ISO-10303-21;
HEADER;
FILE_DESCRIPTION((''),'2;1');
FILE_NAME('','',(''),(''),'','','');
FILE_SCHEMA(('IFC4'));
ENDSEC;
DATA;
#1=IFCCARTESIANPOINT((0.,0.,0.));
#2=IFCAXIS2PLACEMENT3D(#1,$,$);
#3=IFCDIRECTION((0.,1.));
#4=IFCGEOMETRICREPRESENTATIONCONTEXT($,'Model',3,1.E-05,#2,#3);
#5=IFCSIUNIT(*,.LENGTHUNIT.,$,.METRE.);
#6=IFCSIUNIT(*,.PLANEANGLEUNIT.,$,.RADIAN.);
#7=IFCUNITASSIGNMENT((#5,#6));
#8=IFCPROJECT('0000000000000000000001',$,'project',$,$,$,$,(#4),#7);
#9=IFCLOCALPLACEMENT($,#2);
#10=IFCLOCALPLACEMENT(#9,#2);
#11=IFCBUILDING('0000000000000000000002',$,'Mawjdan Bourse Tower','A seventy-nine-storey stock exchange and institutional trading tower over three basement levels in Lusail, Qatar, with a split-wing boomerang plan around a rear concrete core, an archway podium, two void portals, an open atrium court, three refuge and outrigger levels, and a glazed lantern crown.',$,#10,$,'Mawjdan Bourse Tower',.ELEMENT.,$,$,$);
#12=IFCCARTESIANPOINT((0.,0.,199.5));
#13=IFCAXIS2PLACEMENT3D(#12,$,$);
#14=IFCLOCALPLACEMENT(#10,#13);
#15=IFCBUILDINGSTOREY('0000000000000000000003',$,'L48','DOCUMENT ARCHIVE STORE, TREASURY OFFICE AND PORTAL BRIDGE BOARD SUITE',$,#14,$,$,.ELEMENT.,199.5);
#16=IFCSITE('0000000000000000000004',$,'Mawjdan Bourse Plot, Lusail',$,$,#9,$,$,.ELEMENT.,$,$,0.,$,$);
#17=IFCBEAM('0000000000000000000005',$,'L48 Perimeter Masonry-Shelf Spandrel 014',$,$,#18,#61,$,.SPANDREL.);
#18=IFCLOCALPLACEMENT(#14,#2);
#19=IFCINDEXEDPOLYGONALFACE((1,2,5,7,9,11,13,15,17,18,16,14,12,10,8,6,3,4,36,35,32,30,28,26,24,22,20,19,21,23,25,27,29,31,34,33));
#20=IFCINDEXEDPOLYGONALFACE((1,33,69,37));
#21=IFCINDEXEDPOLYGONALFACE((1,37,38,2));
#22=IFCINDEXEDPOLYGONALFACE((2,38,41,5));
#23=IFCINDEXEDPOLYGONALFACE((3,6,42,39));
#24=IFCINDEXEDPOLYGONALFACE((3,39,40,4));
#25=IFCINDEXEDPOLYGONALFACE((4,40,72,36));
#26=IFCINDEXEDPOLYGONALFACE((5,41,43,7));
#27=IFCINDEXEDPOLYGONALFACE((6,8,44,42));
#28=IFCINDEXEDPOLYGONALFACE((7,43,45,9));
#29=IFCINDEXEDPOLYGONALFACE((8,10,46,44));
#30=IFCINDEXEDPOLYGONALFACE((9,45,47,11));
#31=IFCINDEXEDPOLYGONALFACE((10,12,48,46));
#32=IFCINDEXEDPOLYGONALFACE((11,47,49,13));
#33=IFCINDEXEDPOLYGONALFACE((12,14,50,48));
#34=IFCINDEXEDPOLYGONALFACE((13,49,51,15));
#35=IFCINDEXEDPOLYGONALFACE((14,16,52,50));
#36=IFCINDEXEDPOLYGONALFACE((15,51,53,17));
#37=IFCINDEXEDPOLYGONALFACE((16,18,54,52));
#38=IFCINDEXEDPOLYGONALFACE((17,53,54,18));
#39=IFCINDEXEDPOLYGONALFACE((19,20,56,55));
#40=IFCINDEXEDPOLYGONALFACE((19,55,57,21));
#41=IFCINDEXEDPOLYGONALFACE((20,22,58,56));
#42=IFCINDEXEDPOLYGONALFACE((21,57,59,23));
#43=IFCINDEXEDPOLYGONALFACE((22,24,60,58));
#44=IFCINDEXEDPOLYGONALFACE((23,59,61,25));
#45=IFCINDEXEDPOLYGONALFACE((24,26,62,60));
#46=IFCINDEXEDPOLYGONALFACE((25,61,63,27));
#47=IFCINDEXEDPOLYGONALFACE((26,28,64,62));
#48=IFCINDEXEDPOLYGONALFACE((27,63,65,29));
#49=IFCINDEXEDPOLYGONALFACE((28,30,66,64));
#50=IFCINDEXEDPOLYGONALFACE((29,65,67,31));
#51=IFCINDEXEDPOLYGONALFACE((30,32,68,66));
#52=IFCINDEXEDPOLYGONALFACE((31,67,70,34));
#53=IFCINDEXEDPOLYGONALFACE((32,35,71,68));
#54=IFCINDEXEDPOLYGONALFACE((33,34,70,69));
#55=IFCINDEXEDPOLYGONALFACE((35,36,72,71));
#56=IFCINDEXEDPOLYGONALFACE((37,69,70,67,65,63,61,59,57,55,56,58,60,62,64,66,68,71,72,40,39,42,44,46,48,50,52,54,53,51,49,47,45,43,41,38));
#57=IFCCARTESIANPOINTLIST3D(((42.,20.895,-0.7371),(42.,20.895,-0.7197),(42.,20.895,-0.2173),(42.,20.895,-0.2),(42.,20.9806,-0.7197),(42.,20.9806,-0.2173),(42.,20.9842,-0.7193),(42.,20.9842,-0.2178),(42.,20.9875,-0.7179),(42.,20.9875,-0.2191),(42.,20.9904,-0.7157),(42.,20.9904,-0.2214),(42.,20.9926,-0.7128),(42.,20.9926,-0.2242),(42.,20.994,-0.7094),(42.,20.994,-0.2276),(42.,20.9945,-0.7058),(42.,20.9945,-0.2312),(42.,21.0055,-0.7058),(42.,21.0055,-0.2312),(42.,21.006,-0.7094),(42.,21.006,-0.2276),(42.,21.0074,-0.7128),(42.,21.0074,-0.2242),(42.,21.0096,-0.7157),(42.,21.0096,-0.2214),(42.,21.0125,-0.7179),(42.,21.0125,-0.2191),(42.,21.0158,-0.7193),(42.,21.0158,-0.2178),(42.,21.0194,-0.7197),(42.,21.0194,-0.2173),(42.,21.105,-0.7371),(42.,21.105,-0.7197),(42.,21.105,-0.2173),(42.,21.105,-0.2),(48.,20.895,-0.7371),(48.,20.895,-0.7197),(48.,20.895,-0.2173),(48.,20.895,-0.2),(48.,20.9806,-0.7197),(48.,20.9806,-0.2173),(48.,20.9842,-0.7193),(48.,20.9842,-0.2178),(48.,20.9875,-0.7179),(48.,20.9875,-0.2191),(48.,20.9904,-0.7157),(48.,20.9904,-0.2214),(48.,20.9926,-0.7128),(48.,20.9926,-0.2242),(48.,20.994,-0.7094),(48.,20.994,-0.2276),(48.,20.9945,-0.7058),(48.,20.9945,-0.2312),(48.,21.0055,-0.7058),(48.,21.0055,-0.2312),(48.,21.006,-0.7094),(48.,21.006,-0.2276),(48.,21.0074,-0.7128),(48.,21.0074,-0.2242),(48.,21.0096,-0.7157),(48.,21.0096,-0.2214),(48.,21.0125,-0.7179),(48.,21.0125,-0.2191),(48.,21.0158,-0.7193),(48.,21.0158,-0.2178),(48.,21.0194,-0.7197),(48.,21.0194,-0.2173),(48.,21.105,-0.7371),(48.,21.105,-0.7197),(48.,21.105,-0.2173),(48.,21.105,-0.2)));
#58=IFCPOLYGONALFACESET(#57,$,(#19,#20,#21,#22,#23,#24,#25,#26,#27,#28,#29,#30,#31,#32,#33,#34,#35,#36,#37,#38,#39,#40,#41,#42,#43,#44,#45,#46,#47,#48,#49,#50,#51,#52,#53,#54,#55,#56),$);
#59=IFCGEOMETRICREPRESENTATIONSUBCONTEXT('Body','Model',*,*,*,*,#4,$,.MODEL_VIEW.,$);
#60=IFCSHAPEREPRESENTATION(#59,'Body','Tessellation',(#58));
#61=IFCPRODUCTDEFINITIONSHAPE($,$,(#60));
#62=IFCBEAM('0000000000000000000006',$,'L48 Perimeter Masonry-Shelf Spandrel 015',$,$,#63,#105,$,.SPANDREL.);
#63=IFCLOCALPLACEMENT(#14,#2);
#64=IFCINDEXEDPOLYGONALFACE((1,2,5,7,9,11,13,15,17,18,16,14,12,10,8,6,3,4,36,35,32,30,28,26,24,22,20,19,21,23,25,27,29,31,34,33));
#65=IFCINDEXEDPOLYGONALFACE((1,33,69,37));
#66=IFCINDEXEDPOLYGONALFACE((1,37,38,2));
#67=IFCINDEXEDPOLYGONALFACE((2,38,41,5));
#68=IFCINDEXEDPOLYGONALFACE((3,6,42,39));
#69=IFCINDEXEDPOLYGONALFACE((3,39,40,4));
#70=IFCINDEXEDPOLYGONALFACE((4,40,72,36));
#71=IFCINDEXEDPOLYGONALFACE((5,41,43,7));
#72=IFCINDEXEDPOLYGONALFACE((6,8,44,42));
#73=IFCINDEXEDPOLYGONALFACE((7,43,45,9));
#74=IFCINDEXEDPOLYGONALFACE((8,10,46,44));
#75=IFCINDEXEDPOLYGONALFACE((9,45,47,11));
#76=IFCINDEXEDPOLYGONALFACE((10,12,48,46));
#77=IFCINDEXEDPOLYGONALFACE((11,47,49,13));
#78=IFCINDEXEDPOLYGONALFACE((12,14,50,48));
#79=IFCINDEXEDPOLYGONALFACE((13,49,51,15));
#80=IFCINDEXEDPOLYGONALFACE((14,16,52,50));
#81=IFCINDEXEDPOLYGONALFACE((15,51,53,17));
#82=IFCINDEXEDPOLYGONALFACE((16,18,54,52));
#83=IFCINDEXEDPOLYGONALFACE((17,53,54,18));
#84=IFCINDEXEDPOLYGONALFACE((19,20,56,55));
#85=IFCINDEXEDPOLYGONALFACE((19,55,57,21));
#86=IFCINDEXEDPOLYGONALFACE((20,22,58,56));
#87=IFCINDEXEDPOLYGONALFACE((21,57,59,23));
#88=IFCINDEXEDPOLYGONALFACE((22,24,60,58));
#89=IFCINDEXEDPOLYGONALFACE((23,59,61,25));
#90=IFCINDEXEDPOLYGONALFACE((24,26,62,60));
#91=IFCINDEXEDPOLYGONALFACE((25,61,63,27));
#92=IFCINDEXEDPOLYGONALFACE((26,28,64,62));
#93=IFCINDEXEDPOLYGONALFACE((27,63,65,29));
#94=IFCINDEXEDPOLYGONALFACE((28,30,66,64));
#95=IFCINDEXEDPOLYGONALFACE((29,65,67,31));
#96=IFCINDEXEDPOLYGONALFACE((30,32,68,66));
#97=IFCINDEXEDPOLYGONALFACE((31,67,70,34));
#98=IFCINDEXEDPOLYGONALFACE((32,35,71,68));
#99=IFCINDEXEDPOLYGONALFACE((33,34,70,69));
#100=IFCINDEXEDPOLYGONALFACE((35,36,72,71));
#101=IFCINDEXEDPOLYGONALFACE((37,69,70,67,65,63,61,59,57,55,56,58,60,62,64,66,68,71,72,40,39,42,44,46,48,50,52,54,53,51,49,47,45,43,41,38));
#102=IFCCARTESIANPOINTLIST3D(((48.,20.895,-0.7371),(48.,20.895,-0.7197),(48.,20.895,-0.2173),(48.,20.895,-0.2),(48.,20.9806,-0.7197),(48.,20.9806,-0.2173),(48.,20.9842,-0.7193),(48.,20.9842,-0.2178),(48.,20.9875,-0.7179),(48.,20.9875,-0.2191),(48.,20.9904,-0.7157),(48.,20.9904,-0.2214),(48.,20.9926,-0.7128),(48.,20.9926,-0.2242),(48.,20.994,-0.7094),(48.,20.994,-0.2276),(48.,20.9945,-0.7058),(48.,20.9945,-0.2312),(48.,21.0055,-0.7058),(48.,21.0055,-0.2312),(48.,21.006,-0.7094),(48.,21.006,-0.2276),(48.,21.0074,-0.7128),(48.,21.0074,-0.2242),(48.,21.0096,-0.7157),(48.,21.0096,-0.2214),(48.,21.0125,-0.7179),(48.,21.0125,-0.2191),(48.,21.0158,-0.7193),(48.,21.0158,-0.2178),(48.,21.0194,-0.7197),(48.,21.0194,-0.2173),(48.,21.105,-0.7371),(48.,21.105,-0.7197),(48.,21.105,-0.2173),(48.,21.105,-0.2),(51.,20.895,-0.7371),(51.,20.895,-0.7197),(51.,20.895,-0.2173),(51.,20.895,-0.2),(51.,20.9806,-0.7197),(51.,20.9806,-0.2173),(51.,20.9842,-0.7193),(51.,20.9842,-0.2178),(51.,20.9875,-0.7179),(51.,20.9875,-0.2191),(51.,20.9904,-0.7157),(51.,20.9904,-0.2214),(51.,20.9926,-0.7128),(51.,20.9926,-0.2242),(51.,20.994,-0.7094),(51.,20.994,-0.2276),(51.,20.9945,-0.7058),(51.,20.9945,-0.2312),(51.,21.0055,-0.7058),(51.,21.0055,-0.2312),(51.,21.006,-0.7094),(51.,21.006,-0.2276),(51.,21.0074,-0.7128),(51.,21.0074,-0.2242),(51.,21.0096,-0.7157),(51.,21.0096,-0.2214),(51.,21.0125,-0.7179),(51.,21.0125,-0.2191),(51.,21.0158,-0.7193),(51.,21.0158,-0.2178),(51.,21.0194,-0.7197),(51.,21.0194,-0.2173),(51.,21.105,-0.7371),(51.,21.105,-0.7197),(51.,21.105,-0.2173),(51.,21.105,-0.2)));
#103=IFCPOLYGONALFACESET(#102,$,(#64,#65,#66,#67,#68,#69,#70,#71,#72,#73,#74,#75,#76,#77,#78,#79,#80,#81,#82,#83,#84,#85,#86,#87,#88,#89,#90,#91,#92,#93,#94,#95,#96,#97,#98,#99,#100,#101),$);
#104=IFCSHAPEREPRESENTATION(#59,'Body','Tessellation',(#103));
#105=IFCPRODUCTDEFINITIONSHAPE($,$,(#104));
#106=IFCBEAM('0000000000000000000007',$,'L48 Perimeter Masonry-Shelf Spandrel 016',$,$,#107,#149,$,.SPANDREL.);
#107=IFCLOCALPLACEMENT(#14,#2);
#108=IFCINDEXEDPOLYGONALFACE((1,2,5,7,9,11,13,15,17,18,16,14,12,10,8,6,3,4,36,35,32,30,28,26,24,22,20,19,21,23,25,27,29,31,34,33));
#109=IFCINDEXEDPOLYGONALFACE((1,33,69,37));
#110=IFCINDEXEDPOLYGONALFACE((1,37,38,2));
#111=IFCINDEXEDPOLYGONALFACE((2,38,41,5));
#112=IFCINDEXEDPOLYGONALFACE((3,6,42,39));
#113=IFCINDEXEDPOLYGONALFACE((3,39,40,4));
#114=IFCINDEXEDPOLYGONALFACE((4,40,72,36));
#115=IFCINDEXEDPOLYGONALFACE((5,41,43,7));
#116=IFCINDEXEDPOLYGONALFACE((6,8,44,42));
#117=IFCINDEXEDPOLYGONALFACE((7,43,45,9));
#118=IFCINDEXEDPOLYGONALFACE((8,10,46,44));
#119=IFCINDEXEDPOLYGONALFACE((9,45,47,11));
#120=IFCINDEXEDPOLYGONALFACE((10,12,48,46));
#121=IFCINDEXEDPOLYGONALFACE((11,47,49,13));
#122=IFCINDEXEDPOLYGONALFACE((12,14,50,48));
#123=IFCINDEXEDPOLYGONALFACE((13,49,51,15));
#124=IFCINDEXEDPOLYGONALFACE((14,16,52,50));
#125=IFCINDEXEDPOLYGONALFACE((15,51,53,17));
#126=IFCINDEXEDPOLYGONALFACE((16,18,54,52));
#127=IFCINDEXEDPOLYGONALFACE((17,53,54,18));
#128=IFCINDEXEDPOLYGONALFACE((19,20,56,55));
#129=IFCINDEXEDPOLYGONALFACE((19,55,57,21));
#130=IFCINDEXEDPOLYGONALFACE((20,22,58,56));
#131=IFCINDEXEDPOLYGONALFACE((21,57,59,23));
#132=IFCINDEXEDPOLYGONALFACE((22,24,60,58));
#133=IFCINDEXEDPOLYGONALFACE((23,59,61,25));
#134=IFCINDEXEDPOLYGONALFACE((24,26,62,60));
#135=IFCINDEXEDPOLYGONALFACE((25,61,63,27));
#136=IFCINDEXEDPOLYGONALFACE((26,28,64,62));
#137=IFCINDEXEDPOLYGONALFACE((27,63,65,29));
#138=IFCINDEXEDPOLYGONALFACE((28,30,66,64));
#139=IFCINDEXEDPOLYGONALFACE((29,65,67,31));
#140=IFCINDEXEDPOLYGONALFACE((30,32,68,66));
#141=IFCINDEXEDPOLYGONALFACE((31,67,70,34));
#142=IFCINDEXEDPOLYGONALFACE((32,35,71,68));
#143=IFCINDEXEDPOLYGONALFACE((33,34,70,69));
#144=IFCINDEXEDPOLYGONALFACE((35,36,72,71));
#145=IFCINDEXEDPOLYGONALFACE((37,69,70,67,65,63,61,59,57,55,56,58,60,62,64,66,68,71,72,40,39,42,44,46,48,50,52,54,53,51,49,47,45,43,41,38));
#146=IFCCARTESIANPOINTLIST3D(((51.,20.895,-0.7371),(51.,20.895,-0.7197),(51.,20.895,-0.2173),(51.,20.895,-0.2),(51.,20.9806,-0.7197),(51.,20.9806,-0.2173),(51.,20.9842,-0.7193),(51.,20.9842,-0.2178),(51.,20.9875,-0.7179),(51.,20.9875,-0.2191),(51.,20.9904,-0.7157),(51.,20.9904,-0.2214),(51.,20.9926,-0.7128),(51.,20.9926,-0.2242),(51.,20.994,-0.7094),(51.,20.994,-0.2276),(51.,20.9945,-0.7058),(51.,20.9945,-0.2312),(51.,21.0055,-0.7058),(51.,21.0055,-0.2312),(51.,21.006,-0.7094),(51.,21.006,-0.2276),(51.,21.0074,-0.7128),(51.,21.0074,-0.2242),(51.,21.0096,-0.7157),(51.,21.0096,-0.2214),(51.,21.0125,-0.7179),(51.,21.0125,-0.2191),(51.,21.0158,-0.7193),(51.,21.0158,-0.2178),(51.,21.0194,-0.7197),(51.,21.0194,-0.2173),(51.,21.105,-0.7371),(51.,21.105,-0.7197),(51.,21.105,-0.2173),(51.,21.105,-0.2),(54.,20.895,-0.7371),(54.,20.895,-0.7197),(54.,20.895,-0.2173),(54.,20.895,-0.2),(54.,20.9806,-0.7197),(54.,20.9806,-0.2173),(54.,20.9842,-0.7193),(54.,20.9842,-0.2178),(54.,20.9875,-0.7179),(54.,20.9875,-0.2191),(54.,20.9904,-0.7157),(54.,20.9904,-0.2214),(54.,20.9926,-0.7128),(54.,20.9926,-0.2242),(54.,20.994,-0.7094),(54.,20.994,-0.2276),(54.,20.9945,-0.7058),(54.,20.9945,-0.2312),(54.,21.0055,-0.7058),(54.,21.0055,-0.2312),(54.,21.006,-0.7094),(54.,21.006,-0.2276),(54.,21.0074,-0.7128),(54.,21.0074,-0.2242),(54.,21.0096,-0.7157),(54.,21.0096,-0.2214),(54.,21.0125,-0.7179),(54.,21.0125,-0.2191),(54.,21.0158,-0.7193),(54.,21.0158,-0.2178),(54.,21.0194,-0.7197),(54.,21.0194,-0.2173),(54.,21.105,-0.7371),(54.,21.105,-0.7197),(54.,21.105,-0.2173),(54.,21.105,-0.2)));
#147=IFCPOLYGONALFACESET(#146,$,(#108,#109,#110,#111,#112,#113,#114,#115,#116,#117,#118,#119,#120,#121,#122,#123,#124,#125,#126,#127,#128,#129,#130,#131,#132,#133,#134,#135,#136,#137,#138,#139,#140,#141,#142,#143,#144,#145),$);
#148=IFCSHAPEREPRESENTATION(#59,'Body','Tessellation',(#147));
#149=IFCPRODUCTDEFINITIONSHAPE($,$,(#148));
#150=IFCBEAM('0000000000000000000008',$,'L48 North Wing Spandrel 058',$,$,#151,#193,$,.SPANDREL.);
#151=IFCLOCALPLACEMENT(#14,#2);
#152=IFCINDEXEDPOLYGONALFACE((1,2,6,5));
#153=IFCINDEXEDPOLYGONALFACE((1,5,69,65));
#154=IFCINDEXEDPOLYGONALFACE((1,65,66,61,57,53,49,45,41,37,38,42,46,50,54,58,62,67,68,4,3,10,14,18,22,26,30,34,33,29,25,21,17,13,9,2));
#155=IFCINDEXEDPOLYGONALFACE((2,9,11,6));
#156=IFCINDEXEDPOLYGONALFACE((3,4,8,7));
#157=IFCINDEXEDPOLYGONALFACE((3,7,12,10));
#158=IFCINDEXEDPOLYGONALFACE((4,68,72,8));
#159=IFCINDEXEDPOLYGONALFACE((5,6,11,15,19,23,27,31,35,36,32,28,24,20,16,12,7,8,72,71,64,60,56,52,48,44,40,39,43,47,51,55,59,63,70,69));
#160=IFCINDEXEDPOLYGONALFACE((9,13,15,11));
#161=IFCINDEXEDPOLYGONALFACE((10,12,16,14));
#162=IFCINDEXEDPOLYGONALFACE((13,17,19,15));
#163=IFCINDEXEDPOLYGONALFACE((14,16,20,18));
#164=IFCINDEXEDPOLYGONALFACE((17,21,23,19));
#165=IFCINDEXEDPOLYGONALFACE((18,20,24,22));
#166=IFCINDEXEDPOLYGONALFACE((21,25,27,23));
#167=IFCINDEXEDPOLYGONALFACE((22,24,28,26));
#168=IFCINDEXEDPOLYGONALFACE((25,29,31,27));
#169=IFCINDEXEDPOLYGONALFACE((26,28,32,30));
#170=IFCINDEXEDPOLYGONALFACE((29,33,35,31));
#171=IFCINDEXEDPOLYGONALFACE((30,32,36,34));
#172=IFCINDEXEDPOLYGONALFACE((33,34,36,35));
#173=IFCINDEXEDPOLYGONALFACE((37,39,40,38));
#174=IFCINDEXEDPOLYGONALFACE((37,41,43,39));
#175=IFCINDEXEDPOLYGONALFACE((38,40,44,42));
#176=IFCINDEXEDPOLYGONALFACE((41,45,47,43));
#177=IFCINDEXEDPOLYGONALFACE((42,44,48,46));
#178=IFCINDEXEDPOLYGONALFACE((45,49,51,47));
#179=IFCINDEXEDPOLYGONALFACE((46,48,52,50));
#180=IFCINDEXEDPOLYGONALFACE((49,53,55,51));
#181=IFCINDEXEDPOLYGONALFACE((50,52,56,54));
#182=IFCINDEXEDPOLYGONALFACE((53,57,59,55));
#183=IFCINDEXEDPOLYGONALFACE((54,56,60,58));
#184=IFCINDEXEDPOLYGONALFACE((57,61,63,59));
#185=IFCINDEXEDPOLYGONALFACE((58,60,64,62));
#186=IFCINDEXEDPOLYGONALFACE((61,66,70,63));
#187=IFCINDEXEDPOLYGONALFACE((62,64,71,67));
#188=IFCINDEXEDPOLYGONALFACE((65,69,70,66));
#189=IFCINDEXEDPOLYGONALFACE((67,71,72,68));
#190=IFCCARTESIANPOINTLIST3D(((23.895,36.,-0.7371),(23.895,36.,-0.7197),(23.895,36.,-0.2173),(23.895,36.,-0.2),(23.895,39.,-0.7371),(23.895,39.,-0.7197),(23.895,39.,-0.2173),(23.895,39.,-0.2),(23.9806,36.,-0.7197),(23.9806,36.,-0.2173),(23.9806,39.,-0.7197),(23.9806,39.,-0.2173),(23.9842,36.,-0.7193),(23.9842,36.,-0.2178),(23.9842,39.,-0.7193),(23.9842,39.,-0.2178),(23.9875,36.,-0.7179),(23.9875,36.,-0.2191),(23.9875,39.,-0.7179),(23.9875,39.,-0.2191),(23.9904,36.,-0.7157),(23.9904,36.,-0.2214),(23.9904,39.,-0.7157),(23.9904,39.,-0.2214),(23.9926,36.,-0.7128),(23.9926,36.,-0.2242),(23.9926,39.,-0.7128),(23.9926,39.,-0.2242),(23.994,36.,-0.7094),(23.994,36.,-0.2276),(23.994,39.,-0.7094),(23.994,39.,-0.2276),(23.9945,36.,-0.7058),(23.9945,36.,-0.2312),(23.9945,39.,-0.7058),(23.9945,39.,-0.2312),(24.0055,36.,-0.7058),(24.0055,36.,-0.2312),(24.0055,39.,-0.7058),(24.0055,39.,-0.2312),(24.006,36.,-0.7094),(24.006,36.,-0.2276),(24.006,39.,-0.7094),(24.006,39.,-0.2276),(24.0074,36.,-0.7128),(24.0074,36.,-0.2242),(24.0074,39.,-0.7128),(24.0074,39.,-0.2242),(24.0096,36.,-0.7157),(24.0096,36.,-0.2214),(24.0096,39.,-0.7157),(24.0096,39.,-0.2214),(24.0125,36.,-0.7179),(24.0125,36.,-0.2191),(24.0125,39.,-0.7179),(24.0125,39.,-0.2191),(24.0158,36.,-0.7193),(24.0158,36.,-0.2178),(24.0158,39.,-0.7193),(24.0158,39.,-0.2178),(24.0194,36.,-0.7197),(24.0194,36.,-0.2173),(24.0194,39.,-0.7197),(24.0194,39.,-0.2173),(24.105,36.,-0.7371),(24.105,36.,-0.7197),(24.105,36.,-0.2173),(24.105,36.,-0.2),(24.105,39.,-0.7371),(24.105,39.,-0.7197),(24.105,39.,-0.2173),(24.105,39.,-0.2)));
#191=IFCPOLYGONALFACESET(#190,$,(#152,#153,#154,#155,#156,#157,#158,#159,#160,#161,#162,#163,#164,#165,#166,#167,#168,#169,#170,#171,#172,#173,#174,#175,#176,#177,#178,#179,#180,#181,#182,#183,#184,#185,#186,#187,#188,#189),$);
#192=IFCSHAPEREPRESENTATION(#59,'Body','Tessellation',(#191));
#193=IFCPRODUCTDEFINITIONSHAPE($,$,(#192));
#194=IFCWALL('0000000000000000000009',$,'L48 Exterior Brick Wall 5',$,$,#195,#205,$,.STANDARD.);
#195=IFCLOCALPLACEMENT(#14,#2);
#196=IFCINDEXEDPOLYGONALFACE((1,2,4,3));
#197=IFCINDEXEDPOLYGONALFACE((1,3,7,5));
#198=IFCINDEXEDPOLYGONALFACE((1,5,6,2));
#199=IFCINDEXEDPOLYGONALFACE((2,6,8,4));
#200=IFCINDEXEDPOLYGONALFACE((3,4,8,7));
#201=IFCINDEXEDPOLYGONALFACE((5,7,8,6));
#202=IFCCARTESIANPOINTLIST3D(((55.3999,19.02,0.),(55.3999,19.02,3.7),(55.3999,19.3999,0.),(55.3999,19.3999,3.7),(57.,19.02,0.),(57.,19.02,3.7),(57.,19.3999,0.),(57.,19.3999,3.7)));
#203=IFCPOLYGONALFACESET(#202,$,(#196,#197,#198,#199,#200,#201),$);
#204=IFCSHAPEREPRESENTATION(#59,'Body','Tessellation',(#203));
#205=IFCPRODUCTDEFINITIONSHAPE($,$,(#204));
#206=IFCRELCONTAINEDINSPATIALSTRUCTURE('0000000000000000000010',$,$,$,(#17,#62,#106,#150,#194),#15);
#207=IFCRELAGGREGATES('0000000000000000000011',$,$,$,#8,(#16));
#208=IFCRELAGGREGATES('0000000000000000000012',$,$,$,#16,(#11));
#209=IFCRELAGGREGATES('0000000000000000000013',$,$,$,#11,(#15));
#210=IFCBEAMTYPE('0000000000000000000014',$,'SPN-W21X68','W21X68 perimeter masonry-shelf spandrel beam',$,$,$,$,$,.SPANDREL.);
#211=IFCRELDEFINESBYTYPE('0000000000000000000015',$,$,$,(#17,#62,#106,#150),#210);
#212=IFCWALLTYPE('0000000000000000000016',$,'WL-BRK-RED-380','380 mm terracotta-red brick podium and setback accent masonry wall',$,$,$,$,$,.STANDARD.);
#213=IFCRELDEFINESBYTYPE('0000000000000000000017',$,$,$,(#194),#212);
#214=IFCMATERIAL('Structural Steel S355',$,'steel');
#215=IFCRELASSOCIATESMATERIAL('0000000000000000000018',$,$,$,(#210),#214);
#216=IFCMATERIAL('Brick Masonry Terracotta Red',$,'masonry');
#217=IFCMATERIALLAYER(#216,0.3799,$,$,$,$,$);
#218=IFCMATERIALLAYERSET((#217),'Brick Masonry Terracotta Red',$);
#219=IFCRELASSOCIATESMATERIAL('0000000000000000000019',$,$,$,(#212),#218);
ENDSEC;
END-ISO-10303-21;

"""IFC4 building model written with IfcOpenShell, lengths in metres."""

from ifc_helpers import new_model, si_unit, direction, frame, frame_2d, origin, origin_2d, place, context, subcontext, project, spatial, rectangle, i_section, extrude, material, layer, layer_set, material_profile, profile_set, type_object, element, save


model = new_model("IFC4")

# Units and contexts
model_context = context("Model", 3, precision=1e-05, world=origin(), true_north=direction((0.0, 1.0)))
body_context = subcontext(model_context, "Body", "Model", "MODEL_VIEW")
ifc_project = project(units=[si_unit("LENGTHUNIT", "METRE"), si_unit("PLANEANGLEUNIT", "RADIAN")], contexts=[model_context])

# Site, building, storey
site_placement = place(None, origin())
site = spatial("IfcSite", under=ifc_project, at=site_placement, Name="Mawjdan Bourse Plot, Lusail", CompositionType="ELEMENT", RefElevation=0.0)
building_placement = place(site_placement, origin())
building = spatial("IfcBuilding", under=site, at=building_placement, Name="Mawjdan Bourse Tower", Description="A seventy-nine-storey stock exchange and institutional trading tower over three basement levels in Lusail, Qatar, with a split-wing boomerang plan around a rear concrete core, an archway podium, two void portals, an open atrium court, three refuge and outrigger levels, and a glazed lantern crown.", LongName="Mawjdan Bourse Tower", CompositionType="ELEMENT")
storey_placement = place(building_placement, frame((0.0, 0.0, 199.5)))
storey = spatial("IfcBuildingStorey", under=building, at=storey_placement, Name="L48", Description="DOCUMENT ARCHIVE STORE, TREASURY OFFICE AND PORTAL BRIDGE BOARD SUITE", CompositionType="ELEMENT", Elevation=199.5)

# Shared definitions
ifc_material_1 = material(Name="Structural Steel S355", Category="steel")

# Beams
ifc_material_profile_1 = material_profile(ifc_material_1, i_section(OverallWidth=0.21, OverallDepth=0.5371, WebThickness=0.011, FlangeThickness=0.0173, FilletRadius=0.0139, at=origin_2d()), Name="W21X68")
ifc_profile_set_1 = profile_set([ifc_material_profile_1], Name="Structural Steel S355")
beam_type_1 = type_object("IfcBeamType", Name="SPN-W21X68", Description="W21X68 perimeter masonry-shelf spandrel beam", PredefinedType="SPANDREL", material=ifc_profile_set_1)
beam_1_placement = place(storey_placement, frame((42.0, 21.0, -0.4685), z_axis=(1.0, 0.0, 0.0), x_axis=(0.0, 1.0, 0.0)))
element("IfcBeam", 1, at=beam_1_placement, inside=storey, type_object=beam_type_1, Name="L48 Perimeter Masonry-Shelf Spandrel 014", PredefinedType="SPANDREL", context=body_context, shape_type="SweptSolid", body=[
    extrude(i_section(OverallWidth=0.21, OverallDepth=0.5371, WebThickness=0.011, FlangeThickness=0.0173, FilletRadius=0.0139, at=origin_2d()), origin(), (0.0, 0.0, 1.0), 6.0),
])
for number, where, z_axis, x_axis, name in (
    (2, (48.0, 21.0, -0.4685), (1.0, 0.0, 0.0), (0.0, 1.0, 0.0), "L48 Perimeter Masonry-Shelf Spandrel 015"),
    (3, (51.0, 21.0, -0.4685), (1.0, 0.0, 0.0), (0.0, 1.0, 0.0), "L48 Perimeter Masonry-Shelf Spandrel 016"),
    (4, (24.0, 36.0, -0.4685), (0.0, 1.0, 0.0), (-1.0, 0.0, 0.0), "L48 North Wing Spandrel 058"),
):
    element("IfcBeam", number, at=place(storey_placement, frame(where, z_axis=z_axis, x_axis=x_axis)), inside=storey, type_object=beam_type_1, Name=name, PredefinedType="SPANDREL", context=body_context, shape_type="SweptSolid", body=[
        extrude(i_section(OverallWidth=0.21, OverallDepth=0.5371, WebThickness=0.011, FlangeThickness=0.0173, FilletRadius=0.0139, at=origin_2d()), origin(), (0.0, 0.0, 1.0), 3.0),
    ])

# Wall
ifc_material_2 = material(Name="Brick Masonry Terracotta Red", Category="masonry")
ifc_layer_1 = layer(ifc_material_2, 0.3799)
ifc_layer_set_1 = layer_set([ifc_layer_1], Name="Brick Masonry Terracotta Red")
wall_type = type_object("IfcWallType", Name="WL-BRK-RED-380", Description="380 mm terracotta-red brick podium and setback accent masonry wall", PredefinedType="STANDARD", material=ifc_layer_set_1)
for number, where, z_axis, x_axis, name in (
    (5, (57.0, 19.21, 0.0), (0.0, 0.0, 1.0), (-1.0, 0.0, 0.0), "L48 Exterior Brick Wall 5"),
):
    element("IfcWall", number, at=place(storey_placement, frame(where, z_axis=z_axis, x_axis=x_axis)), inside=storey, type_object=wall_type, Name=name, PredefinedType="STANDARD", context=body_context, shape_type="SweptSolid", body=[
        extrude(rectangle(XDim=1.6001, YDim=0.3799, at=frame_2d((0.8, 0.0))), origin(), (0.0, 0.0, 1.0), 3.7),
    ])

save(model, "model.ifc")
